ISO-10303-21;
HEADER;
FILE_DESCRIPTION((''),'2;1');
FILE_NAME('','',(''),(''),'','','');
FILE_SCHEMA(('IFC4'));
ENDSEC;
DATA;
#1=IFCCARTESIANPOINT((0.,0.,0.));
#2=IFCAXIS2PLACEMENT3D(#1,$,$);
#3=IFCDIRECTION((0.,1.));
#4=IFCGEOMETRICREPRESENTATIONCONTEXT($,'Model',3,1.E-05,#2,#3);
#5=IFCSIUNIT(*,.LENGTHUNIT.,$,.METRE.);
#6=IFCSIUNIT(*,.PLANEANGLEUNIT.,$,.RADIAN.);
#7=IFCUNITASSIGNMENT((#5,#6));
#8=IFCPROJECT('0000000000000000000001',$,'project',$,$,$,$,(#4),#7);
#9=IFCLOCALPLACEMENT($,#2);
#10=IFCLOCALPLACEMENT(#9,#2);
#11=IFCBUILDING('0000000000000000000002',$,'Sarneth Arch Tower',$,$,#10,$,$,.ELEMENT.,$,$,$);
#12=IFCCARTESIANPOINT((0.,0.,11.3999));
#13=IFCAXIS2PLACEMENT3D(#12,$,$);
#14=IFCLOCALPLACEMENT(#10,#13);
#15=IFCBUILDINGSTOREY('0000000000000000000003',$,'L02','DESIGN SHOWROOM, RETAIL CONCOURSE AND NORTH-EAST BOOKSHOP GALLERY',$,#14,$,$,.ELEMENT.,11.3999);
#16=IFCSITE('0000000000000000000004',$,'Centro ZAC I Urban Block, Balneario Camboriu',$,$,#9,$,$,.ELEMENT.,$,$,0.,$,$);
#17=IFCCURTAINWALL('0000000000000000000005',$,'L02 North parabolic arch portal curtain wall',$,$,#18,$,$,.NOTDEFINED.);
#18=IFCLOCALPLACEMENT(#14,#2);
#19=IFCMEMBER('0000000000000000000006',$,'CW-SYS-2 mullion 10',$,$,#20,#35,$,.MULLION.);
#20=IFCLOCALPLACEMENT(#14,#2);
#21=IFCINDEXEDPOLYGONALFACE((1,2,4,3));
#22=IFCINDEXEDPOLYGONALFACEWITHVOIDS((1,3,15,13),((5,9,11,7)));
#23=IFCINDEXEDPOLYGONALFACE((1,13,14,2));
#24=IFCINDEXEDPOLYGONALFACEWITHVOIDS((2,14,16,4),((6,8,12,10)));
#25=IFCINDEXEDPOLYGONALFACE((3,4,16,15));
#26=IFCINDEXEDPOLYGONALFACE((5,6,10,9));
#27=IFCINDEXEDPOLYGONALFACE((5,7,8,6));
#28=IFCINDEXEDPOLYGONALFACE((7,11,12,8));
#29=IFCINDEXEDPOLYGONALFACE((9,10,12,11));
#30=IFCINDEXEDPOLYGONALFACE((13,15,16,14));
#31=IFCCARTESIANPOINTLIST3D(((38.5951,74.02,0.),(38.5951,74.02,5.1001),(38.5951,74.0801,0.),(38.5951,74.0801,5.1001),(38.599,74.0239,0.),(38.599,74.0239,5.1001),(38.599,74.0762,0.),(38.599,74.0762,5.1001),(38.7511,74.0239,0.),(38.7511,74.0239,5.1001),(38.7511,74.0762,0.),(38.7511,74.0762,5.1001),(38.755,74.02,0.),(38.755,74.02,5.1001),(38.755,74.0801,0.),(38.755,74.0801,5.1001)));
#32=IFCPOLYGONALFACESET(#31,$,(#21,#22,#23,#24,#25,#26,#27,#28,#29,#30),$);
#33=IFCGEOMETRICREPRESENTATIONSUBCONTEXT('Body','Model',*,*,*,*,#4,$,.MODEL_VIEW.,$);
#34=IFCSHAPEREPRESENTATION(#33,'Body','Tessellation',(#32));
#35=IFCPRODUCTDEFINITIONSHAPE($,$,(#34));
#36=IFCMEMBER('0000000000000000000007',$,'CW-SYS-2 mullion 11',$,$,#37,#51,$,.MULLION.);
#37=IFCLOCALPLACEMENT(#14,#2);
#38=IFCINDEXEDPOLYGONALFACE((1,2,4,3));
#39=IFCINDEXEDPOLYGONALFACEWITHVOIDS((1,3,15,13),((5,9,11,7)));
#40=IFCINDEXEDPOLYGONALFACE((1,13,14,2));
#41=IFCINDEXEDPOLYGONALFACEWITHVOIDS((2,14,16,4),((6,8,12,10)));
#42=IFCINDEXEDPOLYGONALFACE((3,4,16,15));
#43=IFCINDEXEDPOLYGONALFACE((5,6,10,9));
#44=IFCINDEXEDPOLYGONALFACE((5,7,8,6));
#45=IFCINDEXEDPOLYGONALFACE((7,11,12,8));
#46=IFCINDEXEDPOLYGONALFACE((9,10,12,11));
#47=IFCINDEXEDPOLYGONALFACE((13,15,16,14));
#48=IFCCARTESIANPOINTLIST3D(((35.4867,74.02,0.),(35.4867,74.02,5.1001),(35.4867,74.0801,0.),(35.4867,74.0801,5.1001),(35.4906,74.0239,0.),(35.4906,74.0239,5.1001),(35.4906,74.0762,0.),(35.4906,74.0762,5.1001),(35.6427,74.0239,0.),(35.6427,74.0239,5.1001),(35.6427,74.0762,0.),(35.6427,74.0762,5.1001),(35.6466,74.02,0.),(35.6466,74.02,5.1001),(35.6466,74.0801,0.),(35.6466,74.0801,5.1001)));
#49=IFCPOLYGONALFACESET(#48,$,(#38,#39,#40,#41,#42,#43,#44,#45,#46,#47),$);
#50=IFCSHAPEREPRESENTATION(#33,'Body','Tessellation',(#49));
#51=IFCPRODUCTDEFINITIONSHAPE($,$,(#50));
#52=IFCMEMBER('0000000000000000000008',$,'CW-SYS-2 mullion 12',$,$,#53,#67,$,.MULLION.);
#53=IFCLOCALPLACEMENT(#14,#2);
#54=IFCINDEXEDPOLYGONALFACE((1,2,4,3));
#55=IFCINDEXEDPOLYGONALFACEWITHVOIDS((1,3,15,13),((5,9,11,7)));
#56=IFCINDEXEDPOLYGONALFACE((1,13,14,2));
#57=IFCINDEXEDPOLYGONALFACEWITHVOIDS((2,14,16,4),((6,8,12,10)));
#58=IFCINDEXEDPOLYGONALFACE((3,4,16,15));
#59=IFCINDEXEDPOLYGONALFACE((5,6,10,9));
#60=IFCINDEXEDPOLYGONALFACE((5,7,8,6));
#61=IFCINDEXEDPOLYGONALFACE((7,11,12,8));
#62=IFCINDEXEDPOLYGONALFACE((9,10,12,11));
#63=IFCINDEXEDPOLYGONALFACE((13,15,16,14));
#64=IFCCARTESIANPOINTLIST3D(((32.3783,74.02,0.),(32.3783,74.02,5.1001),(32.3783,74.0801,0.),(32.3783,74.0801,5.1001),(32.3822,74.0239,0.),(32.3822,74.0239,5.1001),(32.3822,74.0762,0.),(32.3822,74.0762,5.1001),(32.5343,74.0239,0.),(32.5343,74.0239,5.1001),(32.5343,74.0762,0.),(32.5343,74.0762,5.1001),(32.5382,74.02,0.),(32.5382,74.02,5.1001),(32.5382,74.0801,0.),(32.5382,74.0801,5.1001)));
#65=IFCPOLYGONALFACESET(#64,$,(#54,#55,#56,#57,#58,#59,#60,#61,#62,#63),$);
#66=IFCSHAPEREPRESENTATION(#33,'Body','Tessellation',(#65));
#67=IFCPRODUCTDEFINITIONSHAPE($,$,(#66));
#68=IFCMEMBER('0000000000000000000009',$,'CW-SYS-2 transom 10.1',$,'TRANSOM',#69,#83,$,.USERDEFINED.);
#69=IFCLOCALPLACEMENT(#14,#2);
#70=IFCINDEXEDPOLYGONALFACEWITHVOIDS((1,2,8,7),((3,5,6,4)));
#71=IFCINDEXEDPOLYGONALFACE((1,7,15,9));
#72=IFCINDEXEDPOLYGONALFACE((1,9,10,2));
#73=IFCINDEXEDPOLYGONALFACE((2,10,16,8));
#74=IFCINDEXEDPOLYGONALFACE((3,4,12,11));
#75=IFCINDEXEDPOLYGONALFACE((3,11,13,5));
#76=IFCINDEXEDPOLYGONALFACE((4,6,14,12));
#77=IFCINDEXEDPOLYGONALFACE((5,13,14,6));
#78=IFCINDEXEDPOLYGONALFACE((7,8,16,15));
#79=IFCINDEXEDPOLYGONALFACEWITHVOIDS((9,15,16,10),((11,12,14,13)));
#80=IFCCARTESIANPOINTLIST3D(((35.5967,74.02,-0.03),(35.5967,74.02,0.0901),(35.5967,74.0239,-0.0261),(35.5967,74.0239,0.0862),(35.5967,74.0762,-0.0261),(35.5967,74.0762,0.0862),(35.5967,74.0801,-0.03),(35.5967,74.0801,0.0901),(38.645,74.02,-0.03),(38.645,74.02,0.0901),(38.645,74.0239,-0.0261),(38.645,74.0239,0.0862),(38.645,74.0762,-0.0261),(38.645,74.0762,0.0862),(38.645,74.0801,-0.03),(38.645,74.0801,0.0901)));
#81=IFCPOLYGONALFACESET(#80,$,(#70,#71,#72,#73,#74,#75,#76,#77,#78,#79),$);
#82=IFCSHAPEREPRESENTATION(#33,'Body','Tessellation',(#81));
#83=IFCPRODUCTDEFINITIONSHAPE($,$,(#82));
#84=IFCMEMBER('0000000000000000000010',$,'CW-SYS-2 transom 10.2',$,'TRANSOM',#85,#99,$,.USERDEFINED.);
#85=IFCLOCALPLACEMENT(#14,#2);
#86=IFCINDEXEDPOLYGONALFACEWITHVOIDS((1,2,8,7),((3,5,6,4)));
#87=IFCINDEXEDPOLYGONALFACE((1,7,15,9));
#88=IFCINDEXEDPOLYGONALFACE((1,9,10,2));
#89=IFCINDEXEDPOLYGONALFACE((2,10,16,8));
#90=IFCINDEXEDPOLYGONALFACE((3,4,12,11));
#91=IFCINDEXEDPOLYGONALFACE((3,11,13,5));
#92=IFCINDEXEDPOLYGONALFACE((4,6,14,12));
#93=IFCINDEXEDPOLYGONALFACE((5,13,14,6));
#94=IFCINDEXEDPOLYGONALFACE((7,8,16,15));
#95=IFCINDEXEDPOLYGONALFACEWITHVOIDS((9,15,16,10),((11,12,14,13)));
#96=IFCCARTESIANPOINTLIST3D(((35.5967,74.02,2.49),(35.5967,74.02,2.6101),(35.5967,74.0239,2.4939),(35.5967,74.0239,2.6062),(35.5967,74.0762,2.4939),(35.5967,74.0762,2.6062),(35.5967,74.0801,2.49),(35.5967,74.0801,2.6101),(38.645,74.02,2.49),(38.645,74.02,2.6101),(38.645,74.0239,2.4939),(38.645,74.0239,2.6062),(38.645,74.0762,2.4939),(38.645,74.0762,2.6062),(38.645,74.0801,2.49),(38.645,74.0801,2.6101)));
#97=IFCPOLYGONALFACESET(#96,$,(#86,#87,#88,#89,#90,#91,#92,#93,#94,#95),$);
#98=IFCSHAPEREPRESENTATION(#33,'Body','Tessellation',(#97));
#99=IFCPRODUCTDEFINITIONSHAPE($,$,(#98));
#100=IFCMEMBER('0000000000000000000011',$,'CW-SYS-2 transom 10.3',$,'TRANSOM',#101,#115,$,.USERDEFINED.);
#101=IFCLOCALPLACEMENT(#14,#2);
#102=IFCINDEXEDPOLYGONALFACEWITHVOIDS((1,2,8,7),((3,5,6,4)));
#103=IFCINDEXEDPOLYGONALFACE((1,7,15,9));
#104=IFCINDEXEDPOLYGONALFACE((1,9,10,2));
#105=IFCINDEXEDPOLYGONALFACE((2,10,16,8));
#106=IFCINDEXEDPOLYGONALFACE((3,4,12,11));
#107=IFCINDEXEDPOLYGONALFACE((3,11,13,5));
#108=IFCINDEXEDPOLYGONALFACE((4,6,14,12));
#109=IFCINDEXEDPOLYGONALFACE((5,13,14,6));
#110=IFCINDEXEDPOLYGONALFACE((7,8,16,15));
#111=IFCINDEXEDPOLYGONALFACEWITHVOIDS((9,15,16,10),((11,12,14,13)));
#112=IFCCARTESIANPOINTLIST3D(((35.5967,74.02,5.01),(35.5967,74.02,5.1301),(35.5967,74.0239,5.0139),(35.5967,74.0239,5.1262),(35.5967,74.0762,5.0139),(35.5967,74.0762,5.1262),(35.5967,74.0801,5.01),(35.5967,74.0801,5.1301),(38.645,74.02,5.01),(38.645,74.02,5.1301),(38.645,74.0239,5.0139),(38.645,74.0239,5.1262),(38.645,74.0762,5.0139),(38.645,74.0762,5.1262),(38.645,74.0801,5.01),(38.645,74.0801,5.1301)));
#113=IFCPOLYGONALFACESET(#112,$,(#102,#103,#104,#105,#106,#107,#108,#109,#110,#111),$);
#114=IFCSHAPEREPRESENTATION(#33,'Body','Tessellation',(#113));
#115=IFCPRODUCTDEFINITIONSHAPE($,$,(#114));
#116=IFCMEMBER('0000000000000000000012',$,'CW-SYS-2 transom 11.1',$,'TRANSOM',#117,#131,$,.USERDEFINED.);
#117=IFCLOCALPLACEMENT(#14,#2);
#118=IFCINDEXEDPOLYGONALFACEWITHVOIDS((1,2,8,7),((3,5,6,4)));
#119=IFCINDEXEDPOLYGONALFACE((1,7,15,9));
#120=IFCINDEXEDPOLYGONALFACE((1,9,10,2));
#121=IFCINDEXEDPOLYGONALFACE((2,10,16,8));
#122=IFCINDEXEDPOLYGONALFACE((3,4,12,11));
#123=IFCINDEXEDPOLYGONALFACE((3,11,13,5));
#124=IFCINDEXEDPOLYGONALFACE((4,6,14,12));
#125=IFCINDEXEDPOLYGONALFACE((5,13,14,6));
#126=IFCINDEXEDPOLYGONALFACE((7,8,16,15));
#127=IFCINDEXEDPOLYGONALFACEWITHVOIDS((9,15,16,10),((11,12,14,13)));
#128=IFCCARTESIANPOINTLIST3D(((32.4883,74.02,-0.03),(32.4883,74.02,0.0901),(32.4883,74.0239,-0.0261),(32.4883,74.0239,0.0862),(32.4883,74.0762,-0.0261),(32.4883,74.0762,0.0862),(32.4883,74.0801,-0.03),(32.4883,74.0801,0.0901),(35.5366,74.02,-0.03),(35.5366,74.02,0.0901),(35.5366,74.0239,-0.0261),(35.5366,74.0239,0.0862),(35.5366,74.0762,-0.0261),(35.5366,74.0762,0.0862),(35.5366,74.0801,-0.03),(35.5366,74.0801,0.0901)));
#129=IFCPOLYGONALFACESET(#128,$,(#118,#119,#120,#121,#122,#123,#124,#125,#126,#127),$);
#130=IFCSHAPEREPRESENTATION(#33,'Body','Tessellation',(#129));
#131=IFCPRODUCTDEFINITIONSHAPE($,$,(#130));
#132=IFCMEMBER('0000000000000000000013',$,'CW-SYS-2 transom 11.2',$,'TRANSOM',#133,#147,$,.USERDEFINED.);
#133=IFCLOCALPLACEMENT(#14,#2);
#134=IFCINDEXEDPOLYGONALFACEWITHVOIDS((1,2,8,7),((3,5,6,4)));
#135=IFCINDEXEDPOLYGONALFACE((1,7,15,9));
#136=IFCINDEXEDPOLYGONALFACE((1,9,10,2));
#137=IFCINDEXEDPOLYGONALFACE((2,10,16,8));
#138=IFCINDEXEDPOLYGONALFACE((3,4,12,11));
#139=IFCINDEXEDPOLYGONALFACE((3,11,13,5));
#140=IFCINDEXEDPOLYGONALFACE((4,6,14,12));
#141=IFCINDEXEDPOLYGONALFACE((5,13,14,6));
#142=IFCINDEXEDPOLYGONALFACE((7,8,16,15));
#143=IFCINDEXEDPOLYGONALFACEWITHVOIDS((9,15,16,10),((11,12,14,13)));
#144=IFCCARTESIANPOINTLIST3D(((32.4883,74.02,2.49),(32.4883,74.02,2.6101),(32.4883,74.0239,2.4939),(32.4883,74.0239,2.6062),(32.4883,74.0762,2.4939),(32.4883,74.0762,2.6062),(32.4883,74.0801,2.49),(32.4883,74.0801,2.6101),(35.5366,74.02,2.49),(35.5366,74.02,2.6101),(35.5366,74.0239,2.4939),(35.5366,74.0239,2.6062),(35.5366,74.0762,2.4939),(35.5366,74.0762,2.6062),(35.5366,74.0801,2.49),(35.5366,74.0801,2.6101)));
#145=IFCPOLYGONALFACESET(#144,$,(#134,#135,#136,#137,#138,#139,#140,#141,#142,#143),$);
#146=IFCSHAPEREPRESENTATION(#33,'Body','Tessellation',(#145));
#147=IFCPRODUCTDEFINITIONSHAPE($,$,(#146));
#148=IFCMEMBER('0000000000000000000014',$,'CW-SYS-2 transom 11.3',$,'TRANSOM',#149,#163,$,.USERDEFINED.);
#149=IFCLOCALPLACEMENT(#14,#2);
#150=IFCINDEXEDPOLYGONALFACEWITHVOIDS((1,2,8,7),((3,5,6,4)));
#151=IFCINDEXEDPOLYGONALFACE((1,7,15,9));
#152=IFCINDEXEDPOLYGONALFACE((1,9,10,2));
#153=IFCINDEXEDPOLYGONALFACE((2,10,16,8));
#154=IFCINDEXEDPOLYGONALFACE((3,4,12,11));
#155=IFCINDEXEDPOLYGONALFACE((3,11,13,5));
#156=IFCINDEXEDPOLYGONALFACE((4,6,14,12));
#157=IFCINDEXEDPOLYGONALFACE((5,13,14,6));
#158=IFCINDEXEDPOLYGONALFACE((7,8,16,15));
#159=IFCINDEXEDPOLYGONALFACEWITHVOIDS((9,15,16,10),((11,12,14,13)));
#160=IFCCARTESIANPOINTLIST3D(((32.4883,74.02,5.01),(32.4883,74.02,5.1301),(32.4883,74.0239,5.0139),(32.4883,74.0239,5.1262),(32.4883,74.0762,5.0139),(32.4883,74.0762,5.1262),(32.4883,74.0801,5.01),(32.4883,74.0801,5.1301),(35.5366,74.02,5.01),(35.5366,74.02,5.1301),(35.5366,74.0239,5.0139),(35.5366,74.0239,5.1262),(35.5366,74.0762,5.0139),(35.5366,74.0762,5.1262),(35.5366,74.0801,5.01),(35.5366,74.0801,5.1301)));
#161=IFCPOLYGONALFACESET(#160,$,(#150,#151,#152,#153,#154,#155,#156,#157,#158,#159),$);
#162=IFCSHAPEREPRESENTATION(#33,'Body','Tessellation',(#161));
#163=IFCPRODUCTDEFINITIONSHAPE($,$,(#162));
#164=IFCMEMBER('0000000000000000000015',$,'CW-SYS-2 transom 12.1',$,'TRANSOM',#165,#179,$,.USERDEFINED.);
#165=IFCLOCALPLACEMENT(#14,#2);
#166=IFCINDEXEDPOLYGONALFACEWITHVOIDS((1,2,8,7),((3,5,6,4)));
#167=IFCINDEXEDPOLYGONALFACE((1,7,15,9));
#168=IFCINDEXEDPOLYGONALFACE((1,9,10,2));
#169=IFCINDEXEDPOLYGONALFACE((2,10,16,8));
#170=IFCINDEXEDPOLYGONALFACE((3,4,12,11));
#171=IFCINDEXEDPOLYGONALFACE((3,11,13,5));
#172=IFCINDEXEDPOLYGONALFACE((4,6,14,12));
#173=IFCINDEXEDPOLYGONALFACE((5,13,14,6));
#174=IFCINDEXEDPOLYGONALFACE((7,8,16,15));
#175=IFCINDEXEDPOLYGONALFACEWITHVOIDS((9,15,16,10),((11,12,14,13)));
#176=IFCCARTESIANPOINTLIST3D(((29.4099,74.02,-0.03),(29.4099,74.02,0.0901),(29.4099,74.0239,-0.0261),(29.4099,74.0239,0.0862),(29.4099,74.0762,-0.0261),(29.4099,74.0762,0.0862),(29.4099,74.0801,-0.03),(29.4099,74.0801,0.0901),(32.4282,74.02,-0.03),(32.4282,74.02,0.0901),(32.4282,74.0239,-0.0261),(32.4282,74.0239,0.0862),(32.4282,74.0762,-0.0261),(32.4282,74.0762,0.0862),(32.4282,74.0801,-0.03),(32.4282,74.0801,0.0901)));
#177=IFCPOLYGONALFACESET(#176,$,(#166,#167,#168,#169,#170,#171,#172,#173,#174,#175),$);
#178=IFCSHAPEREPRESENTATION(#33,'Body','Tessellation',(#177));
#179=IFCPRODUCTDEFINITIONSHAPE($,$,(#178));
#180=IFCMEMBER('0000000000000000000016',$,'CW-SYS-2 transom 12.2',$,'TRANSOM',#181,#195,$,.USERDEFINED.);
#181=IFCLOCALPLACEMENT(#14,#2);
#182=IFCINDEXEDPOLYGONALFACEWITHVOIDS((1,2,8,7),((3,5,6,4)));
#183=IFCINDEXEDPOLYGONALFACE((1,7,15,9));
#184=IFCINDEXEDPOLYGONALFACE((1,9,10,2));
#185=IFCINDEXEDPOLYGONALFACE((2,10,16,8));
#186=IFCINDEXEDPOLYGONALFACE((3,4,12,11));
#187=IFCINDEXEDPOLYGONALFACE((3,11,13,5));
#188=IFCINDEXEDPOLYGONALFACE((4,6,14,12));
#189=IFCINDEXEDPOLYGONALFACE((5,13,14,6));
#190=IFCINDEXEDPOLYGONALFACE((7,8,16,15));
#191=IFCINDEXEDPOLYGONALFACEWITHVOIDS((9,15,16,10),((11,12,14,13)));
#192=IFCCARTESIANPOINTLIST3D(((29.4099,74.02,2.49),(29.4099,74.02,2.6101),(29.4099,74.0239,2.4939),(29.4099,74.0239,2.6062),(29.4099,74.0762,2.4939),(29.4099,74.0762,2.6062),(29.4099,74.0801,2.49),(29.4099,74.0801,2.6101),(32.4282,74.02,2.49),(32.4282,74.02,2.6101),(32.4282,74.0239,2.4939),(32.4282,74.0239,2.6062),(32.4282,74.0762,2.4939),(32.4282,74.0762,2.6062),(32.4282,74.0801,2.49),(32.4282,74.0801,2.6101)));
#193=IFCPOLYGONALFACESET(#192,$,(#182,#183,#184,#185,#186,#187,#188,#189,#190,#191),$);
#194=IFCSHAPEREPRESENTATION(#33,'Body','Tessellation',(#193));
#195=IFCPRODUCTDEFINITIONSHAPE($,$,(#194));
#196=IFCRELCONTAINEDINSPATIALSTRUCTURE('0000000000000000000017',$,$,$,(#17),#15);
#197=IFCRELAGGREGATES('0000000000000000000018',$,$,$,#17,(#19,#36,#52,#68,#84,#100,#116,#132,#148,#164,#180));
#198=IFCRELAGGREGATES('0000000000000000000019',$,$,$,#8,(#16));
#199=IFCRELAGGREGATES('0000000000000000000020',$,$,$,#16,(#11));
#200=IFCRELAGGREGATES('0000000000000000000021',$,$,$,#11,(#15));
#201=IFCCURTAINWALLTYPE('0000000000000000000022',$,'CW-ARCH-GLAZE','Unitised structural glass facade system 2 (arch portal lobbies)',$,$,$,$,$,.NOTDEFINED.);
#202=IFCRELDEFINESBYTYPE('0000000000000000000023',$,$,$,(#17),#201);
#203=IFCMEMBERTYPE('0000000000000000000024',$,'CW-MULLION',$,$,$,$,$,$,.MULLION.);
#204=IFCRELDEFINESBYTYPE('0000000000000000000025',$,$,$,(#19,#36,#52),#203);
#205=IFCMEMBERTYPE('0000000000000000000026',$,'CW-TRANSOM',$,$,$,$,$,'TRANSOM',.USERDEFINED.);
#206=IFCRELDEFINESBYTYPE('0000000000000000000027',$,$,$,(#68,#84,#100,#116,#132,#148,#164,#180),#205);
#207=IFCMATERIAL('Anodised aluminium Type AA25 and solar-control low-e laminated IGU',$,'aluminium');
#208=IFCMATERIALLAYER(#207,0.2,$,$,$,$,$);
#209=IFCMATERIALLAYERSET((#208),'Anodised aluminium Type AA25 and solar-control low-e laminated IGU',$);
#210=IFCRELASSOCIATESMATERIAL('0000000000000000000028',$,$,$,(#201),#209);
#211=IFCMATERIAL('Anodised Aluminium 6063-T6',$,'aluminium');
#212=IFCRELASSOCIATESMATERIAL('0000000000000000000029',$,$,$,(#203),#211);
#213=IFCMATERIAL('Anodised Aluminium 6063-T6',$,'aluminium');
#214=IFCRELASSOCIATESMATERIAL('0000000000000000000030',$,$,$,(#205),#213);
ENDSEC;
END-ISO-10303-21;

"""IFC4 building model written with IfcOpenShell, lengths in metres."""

from ifc_helpers import new_model, si_unit, direction, frame, origin, origin_2d, place, context, subcontext, project, spatial, hollow_rectangle, extrude, material, layer, layer_set, material_profile, profile_set, type_object, element, aggregate, save


model = new_model("IFC4")

# Units and contexts
model_context = context("Model", 3, precision=1e-05, world=origin(), true_north=direction((0.0, 1.0)))
body_context = subcontext(model_context, "Body", "Model", "MODEL_VIEW")
ifc_project = project(units=[si_unit("LENGTHUNIT", "METRE"), si_unit("PLANEANGLEUNIT", "RADIAN")], contexts=[model_context])

# Site, building, storey
site_placement = place(None, origin())
site = spatial("IfcSite", under=ifc_project, at=site_placement, Name="Centro ZAC I Urban Block, Balneario Camboriu", CompositionType="ELEMENT", RefElevation=0.0)
building_placement = place(site_placement, origin())
building = spatial("IfcBuilding", under=site, at=building_placement, Name="Sarneth Arch Tower", CompositionType="ELEMENT")
storey_placement = place(building_placement, frame((0.0, 0.0, 11.3999)))
storey = spatial("IfcBuildingStorey", under=building, at=storey_placement, Name="L02", Description="DESIGN SHOWROOM, RETAIL CONCOURSE AND NORTH-EAST BOOKSHOP GALLERY", CompositionType="ELEMENT", Elevation=11.3999)

# Curtain wall, members
ifc_material_1 = material(Name="Anodised aluminium Type AA25 and solar-control low-e laminated IGU", Category="aluminium")
ifc_layer_1 = layer(ifc_material_1, 0.2)
ifc_layer_set_1 = layer_set([ifc_layer_1], Name="Anodised aluminium Type AA25 and solar-control low-e laminated IGU")
curtain_wall_type = type_object("IfcCurtainWallType", Name="CW-ARCH-GLAZE", Description="Unitised structural glass facade system 2 (arch portal lobbies)", PredefinedType="NOTDEFINED", material=ifc_layer_set_1)
curtain_wall_placement = place(storey_placement, origin())
curtain_wall = element("IfcCurtainWall", 1, at=curtain_wall_placement, inside=storey, type_object=curtain_wall_type, Name="L02 North parabolic arch portal curtain wall", PredefinedType="NOTDEFINED")
ifc_material_2 = material(Name="Anodised Aluminium 6063-T6", Category="aluminium")
ifc_material_profile_1 = material_profile(ifc_material_2, hollow_rectangle(XDim=0.0601, YDim=0.1599, WallThickness=0.0039, at=origin_2d()), Name="AL-MULL-160x60x4")
ifc_profile_set_1 = profile_set([ifc_material_profile_1], Name="Anodised Aluminium 6063-T6")
member_type_1 = type_object("IfcMemberType", Name="CW-MULLION", PredefinedType="MULLION", material=ifc_profile_set_1)
member_1_placement = place(storey_placement, frame((38.675, 74.05, 0.0), z_axis=(0.0, 0.0, 1.0), x_axis=(0.0, -1.0, 0.0)))
member_1 = element("IfcMember", 2, at=member_1_placement, type_object=member_type_1, Name="CW-SYS-2 mullion 10", PredefinedType="MULLION", context=body_context, shape_type="SweptSolid", body=[
    extrude(hollow_rectangle(XDim=0.0601, YDim=0.1599, WallThickness=0.0039, at=origin_2d()), origin(), (0.0, 0.0, 1.0), 5.1001),
])
member_2_placement = place(storey_placement, frame((35.5667, 74.05, 0.0), z_axis=(0.0, 0.0, 1.0), x_axis=(0.0, -1.0, 0.0)))
member_2 = element("IfcMember", 3, at=member_2_placement, type_object=member_type_1, Name="CW-SYS-2 mullion 11", PredefinedType="MULLION", context=body_context, shape_type="SweptSolid", body=[
    extrude(hollow_rectangle(XDim=0.0601, YDim=0.1599, WallThickness=0.0039, at=origin_2d()), origin(), (0.0, 0.0, 1.0), 5.1001),
])
member_3_placement = place(storey_placement, frame((32.4583, 74.05, 0.0), z_axis=(0.0, 0.0, 1.0), x_axis=(0.0, -1.0, 0.0)))
member_3 = element("IfcMember", 4, at=member_3_placement, type_object=member_type_1, Name="CW-SYS-2 mullion 12", PredefinedType="MULLION", context=body_context, shape_type="SweptSolid", body=[
    extrude(hollow_rectangle(XDim=0.0601, YDim=0.1599, WallThickness=0.0039, at=origin_2d()), origin(), (0.0, 0.0, 1.0), 5.1001),
])
ifc_material_3 = material(Name="Anodised Aluminium 6063-T6", Category="aluminium")
ifc_material_profile_2 = material_profile(ifc_material_3, hollow_rectangle(XDim=0.0601, YDim=0.1201, WallThickness=0.0039, at=origin_2d()), Name="AL-TRAN-120x60x4")
ifc_profile_set_2 = profile_set([ifc_material_profile_2], Name="Anodised Aluminium 6063-T6")
member_type_2 = type_object("IfcMemberType", Name="CW-TRANSOM", ElementType="TRANSOM", PredefinedType="USERDEFINED", material=ifc_profile_set_2)
member_4_placement = place(storey_placement, frame((38.645, 74.05, 0.03), z_axis=(-1.0, 0.0, 0.0), x_axis=(0.0, -1.0, 0.0)))
member_4 = element("IfcMember", 5, at=member_4_placement, type_object=member_type_2, Name="CW-SYS-2 transom 10.1", ObjectType="TRANSOM", PredefinedType="USERDEFINED", context=body_context, shape_type="SweptSolid", body=[
    extrude(hollow_rectangle(XDim=0.0601, YDim=0.1201, WallThickness=0.0039, at=origin_2d()), origin(), (0.0, 0.0, 1.0), 3.0483),
])
member_5_placement = place(storey_placement, frame((38.645, 74.05, 2.55), z_axis=(-1.0, 0.0, 0.0), x_axis=(0.0, -1.0, 0.0)))
member_5 = element("IfcMember", 6, at=member_5_placement, type_object=member_type_2, Name="CW-SYS-2 transom 10.2", ObjectType="TRANSOM", PredefinedType="USERDEFINED", context=body_context, shape_type="SweptSolid", body=[
    extrude(hollow_rectangle(XDim=0.0601, YDim=0.1201, WallThickness=0.0039, at=origin_2d()), origin(), (0.0, 0.0, 1.0), 3.0483),
])
member_6_placement = place(storey_placement, frame((38.645, 74.05, 5.0701), z_axis=(-1.0, 0.0, 0.0), x_axis=(0.0, -1.0, 0.0)))
member_6 = element("IfcMember", 7, at=member_6_placement, type_object=member_type_2, Name="CW-SYS-2 transom 10.3", ObjectType="TRANSOM", PredefinedType="USERDEFINED", context=body_context, shape_type="SweptSolid", body=[
    extrude(hollow_rectangle(XDim=0.0601, YDim=0.1201, WallThickness=0.0039, at=origin_2d()), origin(), (0.0, 0.0, 1.0), 3.0483),
])
member_7_placement = place(storey_placement, frame((35.5366, 74.05, 0.03), z_axis=(-1.0, 0.0, 0.0), x_axis=(0.0, -1.0, 0.0)))
member_7 = element("IfcMember", 8, at=member_7_placement, type_object=member_type_2, Name="CW-SYS-2 transom 11.1", ObjectType="TRANSOM", PredefinedType="USERDEFINED", context=body_context, shape_type="SweptSolid", body=[
    extrude(hollow_rectangle(XDim=0.0601, YDim=0.1201, WallThickness=0.0039, at=origin_2d()), origin(), (0.0, 0.0, 1.0), 3.0483),
])
member_8_placement = place(storey_placement, frame((35.5366, 74.05, 2.55), z_axis=(-1.0, 0.0, 0.0), x_axis=(0.0, -1.0, 0.0)))
member_8 = element("IfcMember", 9, at=member_8_placement, type_object=member_type_2, Name="CW-SYS-2 transom 11.2", ObjectType="TRANSOM", PredefinedType="USERDEFINED", context=body_context, shape_type="SweptSolid", body=[
    extrude(hollow_rectangle(XDim=0.0601, YDim=0.1201, WallThickness=0.0039, at=origin_2d()), origin(), (0.0, 0.0, 1.0), 3.0483),
])
member_9_placement = place(storey_placement, frame((35.5366, 74.05, 5.0701), z_axis=(-1.0, 0.0, 0.0), x_axis=(0.0, -1.0, 0.0)))
member_9 = element("IfcMember", 10, at=member_9_placement, type_object=member_type_2, Name="CW-SYS-2 transom 11.3", ObjectType="TRANSOM", PredefinedType="USERDEFINED", context=body_context, shape_type="SweptSolid", body=[
    extrude(hollow_rectangle(XDim=0.0601, YDim=0.1201, WallThickness=0.0039, at=origin_2d()), origin(), (0.0, 0.0, 1.0), 3.0483),
])
member_10_placement = place(storey_placement, frame((32.4282, 74.05, 0.03), z_axis=(-1.0, 0.0, 0.0), x_axis=(0.0, -1.0, 0.0)))
member_10 = element("IfcMember", 11, at=member_10_placement, type_object=member_type_2, Name="CW-SYS-2 transom 12.1", ObjectType="TRANSOM", PredefinedType="USERDEFINED", context=body_context, shape_type="SweptSolid", body=[
    extrude(hollow_rectangle(XDim=0.0601, YDim=0.1201, WallThickness=0.0039, at=origin_2d()), origin(), (0.0, 0.0, 1.0), 3.0183),
])
member_11_placement = place(storey_placement, frame((32.4282, 74.05, 2.55), z_axis=(-1.0, 0.0, 0.0), x_axis=(0.0, -1.0, 0.0)))
member_11 = element("IfcMember", 12, at=member_11_placement, type_object=member_type_2, Name="CW-SYS-2 transom 12.2", ObjectType="TRANSOM", PredefinedType="USERDEFINED", context=body_context, shape_type="SweptSolid", body=[
    extrude(hollow_rectangle(XDim=0.0601, YDim=0.1201, WallThickness=0.0039, at=origin_2d()), origin(), (0.0, 0.0, 1.0), 3.0183),
])

aggregate(curtain_wall, [member_1, member_2, member_3, member_4, member_5, member_6, member_7, member_8, member_9, member_10, member_11])

save(model, "model.ifc")
